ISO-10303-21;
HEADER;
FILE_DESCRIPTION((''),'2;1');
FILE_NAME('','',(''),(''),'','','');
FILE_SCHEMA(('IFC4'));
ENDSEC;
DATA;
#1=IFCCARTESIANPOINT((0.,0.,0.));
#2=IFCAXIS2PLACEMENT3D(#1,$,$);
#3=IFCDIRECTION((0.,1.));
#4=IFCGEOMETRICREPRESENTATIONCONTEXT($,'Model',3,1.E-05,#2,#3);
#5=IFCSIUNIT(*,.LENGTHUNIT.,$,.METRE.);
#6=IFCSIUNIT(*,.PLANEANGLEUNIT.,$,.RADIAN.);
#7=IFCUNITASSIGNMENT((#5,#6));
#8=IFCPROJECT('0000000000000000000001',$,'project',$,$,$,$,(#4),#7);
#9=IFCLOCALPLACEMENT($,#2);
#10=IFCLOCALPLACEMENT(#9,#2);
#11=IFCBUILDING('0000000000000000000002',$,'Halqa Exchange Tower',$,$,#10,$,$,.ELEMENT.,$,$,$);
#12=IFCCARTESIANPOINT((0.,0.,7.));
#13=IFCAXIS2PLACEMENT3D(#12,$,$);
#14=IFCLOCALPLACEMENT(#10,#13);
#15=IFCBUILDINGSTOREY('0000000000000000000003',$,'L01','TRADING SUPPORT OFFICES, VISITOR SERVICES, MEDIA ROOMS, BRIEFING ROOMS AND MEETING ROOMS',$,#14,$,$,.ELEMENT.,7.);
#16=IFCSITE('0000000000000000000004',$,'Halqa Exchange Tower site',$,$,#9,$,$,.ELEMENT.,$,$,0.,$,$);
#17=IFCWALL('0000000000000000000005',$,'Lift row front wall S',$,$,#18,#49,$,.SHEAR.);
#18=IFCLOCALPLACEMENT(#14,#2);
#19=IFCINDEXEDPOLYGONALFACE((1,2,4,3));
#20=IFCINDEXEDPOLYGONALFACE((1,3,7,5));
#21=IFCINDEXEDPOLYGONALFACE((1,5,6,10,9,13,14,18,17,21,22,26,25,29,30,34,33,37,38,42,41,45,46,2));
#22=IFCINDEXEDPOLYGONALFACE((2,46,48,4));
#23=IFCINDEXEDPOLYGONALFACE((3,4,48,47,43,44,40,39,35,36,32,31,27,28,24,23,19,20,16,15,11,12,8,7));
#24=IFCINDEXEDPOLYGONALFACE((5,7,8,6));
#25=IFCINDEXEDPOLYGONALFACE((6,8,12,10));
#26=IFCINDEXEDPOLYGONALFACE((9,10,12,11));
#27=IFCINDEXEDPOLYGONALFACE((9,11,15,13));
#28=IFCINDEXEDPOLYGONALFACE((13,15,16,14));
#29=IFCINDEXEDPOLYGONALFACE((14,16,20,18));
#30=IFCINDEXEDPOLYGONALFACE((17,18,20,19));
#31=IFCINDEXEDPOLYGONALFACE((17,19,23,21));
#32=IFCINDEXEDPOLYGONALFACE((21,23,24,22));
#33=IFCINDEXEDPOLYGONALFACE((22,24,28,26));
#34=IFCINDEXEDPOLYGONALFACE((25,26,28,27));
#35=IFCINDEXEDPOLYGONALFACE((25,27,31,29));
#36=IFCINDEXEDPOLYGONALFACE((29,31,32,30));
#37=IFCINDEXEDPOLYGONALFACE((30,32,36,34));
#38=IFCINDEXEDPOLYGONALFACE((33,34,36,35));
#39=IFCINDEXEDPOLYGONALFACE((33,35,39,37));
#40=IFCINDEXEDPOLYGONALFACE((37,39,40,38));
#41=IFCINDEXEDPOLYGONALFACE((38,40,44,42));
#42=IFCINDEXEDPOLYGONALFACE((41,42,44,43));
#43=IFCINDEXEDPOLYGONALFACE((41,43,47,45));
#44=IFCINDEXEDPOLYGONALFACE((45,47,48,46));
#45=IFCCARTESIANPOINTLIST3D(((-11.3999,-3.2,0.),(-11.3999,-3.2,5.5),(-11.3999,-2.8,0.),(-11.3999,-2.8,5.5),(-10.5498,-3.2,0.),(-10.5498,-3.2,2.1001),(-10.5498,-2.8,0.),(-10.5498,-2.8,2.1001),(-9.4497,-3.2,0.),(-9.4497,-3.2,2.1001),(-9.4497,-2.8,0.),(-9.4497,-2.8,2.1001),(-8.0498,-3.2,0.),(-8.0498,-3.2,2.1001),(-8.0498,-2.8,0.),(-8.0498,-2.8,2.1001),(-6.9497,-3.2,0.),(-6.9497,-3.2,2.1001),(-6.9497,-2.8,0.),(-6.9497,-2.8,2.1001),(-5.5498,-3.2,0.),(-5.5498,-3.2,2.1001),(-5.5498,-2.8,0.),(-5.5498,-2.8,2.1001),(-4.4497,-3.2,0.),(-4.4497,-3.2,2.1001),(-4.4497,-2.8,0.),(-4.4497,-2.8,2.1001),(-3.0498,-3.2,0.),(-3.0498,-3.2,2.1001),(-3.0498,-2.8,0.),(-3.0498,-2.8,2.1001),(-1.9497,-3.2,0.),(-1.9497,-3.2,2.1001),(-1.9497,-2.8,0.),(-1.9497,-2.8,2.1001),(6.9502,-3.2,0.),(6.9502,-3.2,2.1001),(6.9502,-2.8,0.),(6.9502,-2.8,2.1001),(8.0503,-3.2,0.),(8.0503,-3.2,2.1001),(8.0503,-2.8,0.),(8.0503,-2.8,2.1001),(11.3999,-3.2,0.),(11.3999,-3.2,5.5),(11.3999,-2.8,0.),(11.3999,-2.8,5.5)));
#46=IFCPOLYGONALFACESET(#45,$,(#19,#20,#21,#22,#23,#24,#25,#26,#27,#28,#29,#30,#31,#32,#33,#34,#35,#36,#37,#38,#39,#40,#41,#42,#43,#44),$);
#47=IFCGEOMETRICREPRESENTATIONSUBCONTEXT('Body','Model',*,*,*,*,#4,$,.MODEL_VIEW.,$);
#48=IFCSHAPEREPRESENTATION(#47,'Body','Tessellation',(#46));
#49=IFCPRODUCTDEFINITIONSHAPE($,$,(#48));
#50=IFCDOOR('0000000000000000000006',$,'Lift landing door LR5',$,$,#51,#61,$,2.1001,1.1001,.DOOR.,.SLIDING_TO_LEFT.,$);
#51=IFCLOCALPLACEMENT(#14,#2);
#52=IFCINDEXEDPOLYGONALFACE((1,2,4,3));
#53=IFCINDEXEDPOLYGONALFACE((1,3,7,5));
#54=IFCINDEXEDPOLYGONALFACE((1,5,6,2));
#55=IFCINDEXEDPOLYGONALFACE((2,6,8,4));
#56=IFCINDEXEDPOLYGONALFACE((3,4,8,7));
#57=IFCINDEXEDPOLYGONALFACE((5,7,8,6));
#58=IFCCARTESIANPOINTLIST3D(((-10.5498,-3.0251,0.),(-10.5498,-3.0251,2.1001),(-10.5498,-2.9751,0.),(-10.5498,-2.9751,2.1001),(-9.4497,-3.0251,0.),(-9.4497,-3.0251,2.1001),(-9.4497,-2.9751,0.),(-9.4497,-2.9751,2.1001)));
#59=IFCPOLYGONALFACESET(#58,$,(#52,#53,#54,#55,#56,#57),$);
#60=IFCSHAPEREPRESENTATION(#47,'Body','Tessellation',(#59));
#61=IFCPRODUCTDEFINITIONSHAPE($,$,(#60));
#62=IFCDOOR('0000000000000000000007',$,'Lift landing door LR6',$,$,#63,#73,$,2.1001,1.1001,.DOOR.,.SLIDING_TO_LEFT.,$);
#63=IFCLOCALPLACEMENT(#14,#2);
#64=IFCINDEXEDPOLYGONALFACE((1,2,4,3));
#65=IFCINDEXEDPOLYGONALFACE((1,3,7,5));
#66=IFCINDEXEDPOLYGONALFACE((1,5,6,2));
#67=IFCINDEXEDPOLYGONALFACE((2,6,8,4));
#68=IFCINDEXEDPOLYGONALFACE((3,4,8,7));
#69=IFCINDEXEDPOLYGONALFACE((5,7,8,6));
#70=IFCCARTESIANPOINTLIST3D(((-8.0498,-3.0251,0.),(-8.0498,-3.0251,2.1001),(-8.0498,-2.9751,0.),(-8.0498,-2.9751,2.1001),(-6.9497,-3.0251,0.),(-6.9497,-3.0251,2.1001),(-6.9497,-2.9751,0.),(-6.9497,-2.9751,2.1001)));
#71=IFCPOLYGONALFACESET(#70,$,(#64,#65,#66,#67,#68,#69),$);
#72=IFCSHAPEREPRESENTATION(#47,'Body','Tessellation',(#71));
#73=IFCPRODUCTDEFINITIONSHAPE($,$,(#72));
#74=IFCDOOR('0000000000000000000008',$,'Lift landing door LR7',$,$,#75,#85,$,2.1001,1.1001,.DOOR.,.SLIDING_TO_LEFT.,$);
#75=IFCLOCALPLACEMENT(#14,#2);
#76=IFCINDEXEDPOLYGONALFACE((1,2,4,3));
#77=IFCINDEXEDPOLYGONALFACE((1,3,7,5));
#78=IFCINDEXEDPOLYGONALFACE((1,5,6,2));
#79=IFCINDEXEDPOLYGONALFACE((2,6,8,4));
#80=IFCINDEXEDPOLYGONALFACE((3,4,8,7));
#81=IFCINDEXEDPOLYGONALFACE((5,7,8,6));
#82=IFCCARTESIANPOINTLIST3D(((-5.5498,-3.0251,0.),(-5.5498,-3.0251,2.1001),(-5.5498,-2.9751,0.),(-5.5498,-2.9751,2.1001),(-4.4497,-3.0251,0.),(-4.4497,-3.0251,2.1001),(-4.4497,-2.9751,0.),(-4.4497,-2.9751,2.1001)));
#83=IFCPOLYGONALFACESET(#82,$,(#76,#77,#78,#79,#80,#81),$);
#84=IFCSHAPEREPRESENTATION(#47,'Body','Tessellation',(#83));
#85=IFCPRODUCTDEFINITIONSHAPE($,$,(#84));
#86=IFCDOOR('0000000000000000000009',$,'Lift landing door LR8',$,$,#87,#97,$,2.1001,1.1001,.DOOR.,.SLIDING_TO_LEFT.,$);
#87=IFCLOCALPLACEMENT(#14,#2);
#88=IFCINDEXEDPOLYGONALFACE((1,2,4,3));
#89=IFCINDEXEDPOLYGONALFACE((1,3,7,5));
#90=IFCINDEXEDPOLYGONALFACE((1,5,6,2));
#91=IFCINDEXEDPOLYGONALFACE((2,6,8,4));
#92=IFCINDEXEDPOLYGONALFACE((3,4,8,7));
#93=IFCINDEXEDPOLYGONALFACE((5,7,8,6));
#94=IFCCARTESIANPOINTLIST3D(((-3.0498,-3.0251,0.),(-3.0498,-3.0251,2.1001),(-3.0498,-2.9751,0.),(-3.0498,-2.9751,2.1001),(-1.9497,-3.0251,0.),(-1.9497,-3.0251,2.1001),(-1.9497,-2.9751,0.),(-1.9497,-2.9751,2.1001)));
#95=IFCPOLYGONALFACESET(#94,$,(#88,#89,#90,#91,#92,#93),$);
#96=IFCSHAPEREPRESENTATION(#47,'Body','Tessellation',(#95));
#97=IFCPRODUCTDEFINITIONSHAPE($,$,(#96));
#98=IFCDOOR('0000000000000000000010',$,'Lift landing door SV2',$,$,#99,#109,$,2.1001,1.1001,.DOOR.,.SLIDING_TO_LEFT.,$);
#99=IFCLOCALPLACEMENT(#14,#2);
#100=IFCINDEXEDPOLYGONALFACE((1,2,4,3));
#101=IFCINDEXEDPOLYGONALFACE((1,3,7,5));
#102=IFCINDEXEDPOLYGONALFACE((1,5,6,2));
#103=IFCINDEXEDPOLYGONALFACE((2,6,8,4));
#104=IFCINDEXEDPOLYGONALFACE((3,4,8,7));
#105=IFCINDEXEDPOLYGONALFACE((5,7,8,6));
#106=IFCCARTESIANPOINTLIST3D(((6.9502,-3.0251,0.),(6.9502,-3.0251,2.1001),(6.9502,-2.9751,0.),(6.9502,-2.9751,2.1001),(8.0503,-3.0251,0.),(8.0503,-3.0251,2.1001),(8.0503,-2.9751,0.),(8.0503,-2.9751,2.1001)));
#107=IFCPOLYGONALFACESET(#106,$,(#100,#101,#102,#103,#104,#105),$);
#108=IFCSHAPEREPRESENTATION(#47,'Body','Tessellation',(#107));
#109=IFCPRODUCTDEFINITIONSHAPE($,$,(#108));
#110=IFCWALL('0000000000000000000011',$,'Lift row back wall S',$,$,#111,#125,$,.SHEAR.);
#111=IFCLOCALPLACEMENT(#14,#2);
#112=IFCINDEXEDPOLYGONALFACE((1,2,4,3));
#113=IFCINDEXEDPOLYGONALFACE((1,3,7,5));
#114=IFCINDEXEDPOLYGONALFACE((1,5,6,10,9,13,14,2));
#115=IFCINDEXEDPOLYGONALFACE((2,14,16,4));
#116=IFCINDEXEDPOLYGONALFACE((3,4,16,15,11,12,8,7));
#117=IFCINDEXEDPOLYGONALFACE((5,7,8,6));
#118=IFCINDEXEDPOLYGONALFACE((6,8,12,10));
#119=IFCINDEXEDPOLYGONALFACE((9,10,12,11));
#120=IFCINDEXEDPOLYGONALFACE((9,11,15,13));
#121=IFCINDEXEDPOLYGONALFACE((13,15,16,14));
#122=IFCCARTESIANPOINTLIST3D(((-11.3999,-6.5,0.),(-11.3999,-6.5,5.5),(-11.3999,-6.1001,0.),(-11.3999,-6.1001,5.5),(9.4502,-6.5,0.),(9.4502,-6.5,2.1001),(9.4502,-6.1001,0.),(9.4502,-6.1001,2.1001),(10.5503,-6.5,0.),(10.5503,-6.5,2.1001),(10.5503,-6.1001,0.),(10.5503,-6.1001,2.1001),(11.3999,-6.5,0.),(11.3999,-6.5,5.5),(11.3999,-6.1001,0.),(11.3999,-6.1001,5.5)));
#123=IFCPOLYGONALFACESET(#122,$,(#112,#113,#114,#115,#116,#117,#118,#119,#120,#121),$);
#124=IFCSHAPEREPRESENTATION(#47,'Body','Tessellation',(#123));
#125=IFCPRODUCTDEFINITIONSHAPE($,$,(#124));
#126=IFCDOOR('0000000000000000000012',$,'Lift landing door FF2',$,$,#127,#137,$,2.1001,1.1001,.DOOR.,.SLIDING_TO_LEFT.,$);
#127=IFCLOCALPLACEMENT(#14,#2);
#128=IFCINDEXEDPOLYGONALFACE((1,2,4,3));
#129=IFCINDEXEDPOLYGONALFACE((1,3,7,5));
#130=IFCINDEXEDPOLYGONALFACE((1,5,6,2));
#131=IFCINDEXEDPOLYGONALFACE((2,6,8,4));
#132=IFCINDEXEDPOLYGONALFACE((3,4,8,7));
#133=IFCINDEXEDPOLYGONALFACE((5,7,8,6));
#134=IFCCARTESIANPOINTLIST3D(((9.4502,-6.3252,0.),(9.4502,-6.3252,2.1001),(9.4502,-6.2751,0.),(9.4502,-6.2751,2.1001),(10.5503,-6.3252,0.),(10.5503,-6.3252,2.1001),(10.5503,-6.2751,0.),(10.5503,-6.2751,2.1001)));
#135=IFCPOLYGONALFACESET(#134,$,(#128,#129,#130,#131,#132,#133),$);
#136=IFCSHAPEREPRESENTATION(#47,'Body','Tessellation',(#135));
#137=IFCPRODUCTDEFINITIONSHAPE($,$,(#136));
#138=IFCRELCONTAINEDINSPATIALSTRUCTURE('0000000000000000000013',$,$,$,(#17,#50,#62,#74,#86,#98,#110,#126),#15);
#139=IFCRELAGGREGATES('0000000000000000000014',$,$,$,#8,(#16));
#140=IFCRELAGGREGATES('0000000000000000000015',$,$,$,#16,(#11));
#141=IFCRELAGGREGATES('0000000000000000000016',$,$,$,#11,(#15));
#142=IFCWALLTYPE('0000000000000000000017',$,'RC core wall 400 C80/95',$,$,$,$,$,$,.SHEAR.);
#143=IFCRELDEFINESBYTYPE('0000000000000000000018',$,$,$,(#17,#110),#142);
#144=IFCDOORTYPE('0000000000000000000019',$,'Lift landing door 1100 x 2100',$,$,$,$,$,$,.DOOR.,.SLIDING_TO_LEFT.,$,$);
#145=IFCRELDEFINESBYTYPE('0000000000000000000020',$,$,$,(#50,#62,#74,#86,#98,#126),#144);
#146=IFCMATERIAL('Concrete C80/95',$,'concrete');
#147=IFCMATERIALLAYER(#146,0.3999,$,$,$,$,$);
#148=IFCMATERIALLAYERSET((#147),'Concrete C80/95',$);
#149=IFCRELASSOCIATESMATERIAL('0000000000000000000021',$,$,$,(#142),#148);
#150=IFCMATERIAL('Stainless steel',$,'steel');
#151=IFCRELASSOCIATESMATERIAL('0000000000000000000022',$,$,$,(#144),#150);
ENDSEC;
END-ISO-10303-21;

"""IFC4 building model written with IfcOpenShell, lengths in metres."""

from ifc_helpers import new_model, si_unit, direction, frame, frame_2d, origin, place, context, subcontext, project, spatial, rectangle, extrude, material, layer, layer_set, type_object, element, fill, save


model = new_model("IFC4")

# Units and contexts
model_context = context("Model", 3, precision=1e-05, world=origin(), true_north=direction((0.0, 1.0)))
body_context = subcontext(model_context, "Body", "Model", "MODEL_VIEW")
ifc_project = project(units=[si_unit("LENGTHUNIT", "METRE"), si_unit("PLANEANGLEUNIT", "RADIAN")], contexts=[model_context])

# Site, building, storey
site_placement = place(None, origin())
site = spatial("IfcSite", under=ifc_project, at=site_placement, Name="Halqa Exchange Tower site", CompositionType="ELEMENT", RefElevation=0.0)
building_placement = place(site_placement, origin())
building = spatial("IfcBuilding", under=site, at=building_placement, Name="Halqa Exchange Tower", CompositionType="ELEMENT")
storey_placement = place(building_placement, frame((0.0, 0.0, 7.0)))
storey = spatial("IfcBuildingStorey", under=building, at=storey_placement, Name="L01", Description="TRADING SUPPORT OFFICES, VISITOR SERVICES, MEDIA ROOMS, BRIEFING ROOMS AND MEETING ROOMS", CompositionType="ELEMENT", Elevation=7.0)

# Wall, openings, doors
ifc_material_1 = material(Name="Concrete C80/95", Category="concrete")
ifc_layer_1 = layer(ifc_material_1, 0.3999)
ifc_layer_set_1 = layer_set([ifc_layer_1], Name="Concrete C80/95")
wall_type_1 = type_object("IfcWallType", Name="RC core wall 400 C80/95", PredefinedType="SHEAR", material=ifc_layer_set_1)
wall_1_placement = place(storey_placement, frame((-11.3999, -3.0, 0.0), z_axis=(0.0, 0.0, 1.0), x_axis=(1.0, 0.0, 0.0)))
wall_1 = element("IfcWall", 1, at=wall_1_placement, inside=storey, type_object=wall_type_1, Name="Lift row front wall S", PredefinedType="SHEAR", context=body_context, shape_type="SweptSolid", body=[
    extrude(rectangle(XDim=22.7998, YDim=0.3999, at=frame_2d((11.3999, 0.0))), origin(), (0.0, 0.0, 1.0), 5.5),
])
opening_1_placement = place(wall_1_placement, frame((0.8501, 0.0, 0.0)))
opening_1 = element("IfcOpeningElement", 2, at=opening_1_placement, cuts=wall_1, PredefinedType="OPENING", context=body_context, shape_type="SweptSolid", body=[
    extrude(rectangle(XDim=1.1001, YDim=2.1001, at=frame_2d((0.55, 1.05))), frame((0.0, 0.2119, 0.0), z_axis=(0.0, -1.0, 0.0), x_axis=(1.0, 0.0, 0.0)), (0.0, 0.0, 1.0), 0.4238),
])
opening_2_placement = place(wall_1_placement, frame((3.3501, 0.0, 0.0)))
opening_2 = element("IfcOpeningElement", 3, at=opening_2_placement, cuts=wall_1, PredefinedType="OPENING", context=body_context, shape_type="SweptSolid", body=[
    extrude(rectangle(XDim=1.1001, YDim=2.1001, at=frame_2d((0.55, 1.05))), frame((0.0, 0.2119, 0.0), z_axis=(0.0, -1.0, 0.0), x_axis=(1.0, 0.0, 0.0)), (0.0, 0.0, 1.0), 0.4238),
])
opening_3_placement = place(wall_1_placement, frame((5.8501, 0.0, 0.0)))
opening_3 = element("IfcOpeningElement", 4, at=opening_3_placement, cuts=wall_1, PredefinedType="OPENING", context=body_context, shape_type="SweptSolid", body=[
    extrude(rectangle(XDim=1.1001, YDim=2.1001, at=frame_2d((0.55, 1.05))), frame((0.0, 0.2119, 0.0), z_axis=(0.0, -1.0, 0.0), x_axis=(1.0, 0.0, 0.0)), (0.0, 0.0, 1.0), 0.4238),
])
opening_4_placement = place(wall_1_placement, frame((8.3501, 0.0, 0.0)))
opening_4 = element("IfcOpeningElement", 5, at=opening_4_placement, cuts=wall_1, PredefinedType="OPENING", context=body_context, shape_type="SweptSolid", body=[
    extrude(rectangle(XDim=1.1001, YDim=2.1001, at=frame_2d((0.55, 1.05))), frame((0.0, 0.2119, 0.0), z_axis=(0.0, -1.0, 0.0), x_axis=(1.0, 0.0, 0.0)), (0.0, 0.0, 1.0), 0.4238),
])
opening_5_placement = place(wall_1_placement, frame((18.3501, 0.0, 0.0)))
opening_5 = element("IfcOpeningElement", 6, at=opening_5_placement, cuts=wall_1, PredefinedType="OPENING", context=body_context, shape_type="SweptSolid", body=[
    extrude(rectangle(XDim=1.1001, YDim=2.1001, at=frame_2d((0.55, 1.05))), frame((0.0, 0.2119, 0.0), z_axis=(0.0, -1.0, 0.0), x_axis=(1.0, 0.0, 0.0)), (0.0, 0.0, 1.0), 0.4238),
])
ifc_material_2 = material(Name="Stainless steel", Category="steel")
door_type = type_object("IfcDoorType", Name="Lift landing door 1100 x 2100", OperationType="SLIDING_TO_LEFT", PredefinedType="DOOR", material=ifc_material_2)
door_1_placement = place(opening_1_placement, origin())
door_1 = element("IfcDoor", 7, at=door_1_placement, inside=storey, type_object=door_type, Name="Lift landing door LR5", OperationType="SLIDING_TO_LEFT", OverallHeight=2.1001, OverallWidth=1.1001, PredefinedType="DOOR", context=body_context, shape_type="SweptSolid", body=[
    extrude(rectangle(XDim=1.1001, YDim=2.1001, at=frame_2d((0.55, 1.05))), frame((0.0, 0.0249, 0.0), z_axis=(0.0, -1.0, 0.0), x_axis=(1.0, 0.0, 0.0)), (0.0, 0.0, 1.0), 0.05),
])
fill(opening_1, door_1)
door_2_placement = place(opening_2_placement, origin())
door_2 = element("IfcDoor", 8, at=door_2_placement, inside=storey, type_object=door_type, Name="Lift landing door LR6", OperationType="SLIDING_TO_LEFT", OverallHeight=2.1001, OverallWidth=1.1001, PredefinedType="DOOR", context=body_context, shape_type="SweptSolid", body=[
    extrude(rectangle(XDim=1.1001, YDim=2.1001, at=frame_2d((0.55, 1.05))), frame((0.0, 0.0249, 0.0), z_axis=(0.0, -1.0, 0.0), x_axis=(1.0, 0.0, 0.0)), (0.0, 0.0, 1.0), 0.05),
])
fill(opening_2, door_2)
door_3_placement = place(opening_3_placement, origin())
door_3 = element("IfcDoor", 9, at=door_3_placement, inside=storey, type_object=door_type, Name="Lift landing door LR7", OperationType="SLIDING_TO_LEFT", OverallHeight=2.1001, OverallWidth=1.1001, PredefinedType="DOOR", context=body_context, shape_type="SweptSolid", body=[
    extrude(rectangle(XDim=1.1001, YDim=2.1001, at=frame_2d((0.55, 1.05))), frame((0.0, 0.0249, 0.0), z_axis=(0.0, -1.0, 0.0), x_axis=(1.0, 0.0, 0.0)), (0.0, 0.0, 1.0), 0.05),
])
fill(opening_3, door_3)
door_4_placement = place(opening_4_placement, origin())
door_4 = element("IfcDoor", 10, at=door_4_placement, inside=storey, type_object=door_type, Name="Lift landing door LR8", OperationType="SLIDING_TO_LEFT", OverallHeight=2.1001, OverallWidth=1.1001, PredefinedType="DOOR", context=body_context, shape_type="SweptSolid", body=[
    extrude(rectangle(XDim=1.1001, YDim=2.1001, at=frame_2d((0.55, 1.05))), frame((0.0, 0.0249, 0.0), z_axis=(0.0, -1.0, 0.0), x_axis=(1.0, 0.0, 0.0)), (0.0, 0.0, 1.0), 0.05),
])
fill(opening_4, door_4)
door_5_placement = place(opening_5_placement, origin())
door_5 = element("IfcDoor", 11, at=door_5_placement, inside=storey, type_object=door_type, Name="Lift landing door SV2", OperationType="SLIDING_TO_LEFT", OverallHeight=2.1001, OverallWidth=1.1001, PredefinedType="DOOR", context=body_context, shape_type="SweptSolid", body=[
    extrude(rectangle(XDim=1.1001, YDim=2.1001, at=frame_2d((0.55, 1.05))), frame((0.0, 0.0249, 0.0), z_axis=(0.0, -1.0, 0.0), x_axis=(1.0, 0.0, 0.0)), (0.0, 0.0, 1.0), 0.05),
])
fill(opening_5, door_5)

# Wall, opening, door
wall_2_placement = place(storey_placement, frame((-11.3999, -6.3, 0.0), z_axis=(0.0, 0.0, 1.0), x_axis=(1.0, 0.0, 0.0)))
wall_2 = element("IfcWall", 12, at=wall_2_placement, inside=storey, type_object=wall_type_1, Name="Lift row back wall S", PredefinedType="SHEAR", context=body_context, shape_type="SweptSolid", body=[
    extrude(rectangle(XDim=22.7998, YDim=0.3999, at=frame_2d((11.3999, 0.0))), origin(), (0.0, 0.0, 1.0), 5.5),
])
opening_6_placement = place(wall_2_placement, frame((20.8501, 0.0, 0.0)))
opening_6 = element("IfcOpeningElement", 13, at=opening_6_placement, cuts=wall_2, PredefinedType="OPENING", context=body_context, shape_type="SweptSolid", body=[
    extrude(rectangle(XDim=1.1001, YDim=2.1001, at=frame_2d((0.55, 1.05))), frame((0.0, 0.2119, 0.0), z_axis=(0.0, -1.0, 0.0), x_axis=(1.0, 0.0, 0.0)), (0.0, 0.0, 1.0), 0.4238),
])
door_6_placement = place(opening_6_placement, origin())
door_6 = element("IfcDoor", 14, at=door_6_placement, inside=storey, type_object=door_type, Name="Lift landing door FF2", OperationType="SLIDING_TO_LEFT", OverallHeight=2.1001, OverallWidth=1.1001, PredefinedType="DOOR", context=body_context, shape_type="SweptSolid", body=[
    extrude(rectangle(XDim=1.1001, YDim=2.1001, at=frame_2d((0.55, 1.05))), frame((0.0, 0.0249, 0.0), z_axis=(0.0, -1.0, 0.0), x_axis=(1.0, 0.0, 0.0)), (0.0, 0.0, 1.0), 0.05),
])
fill(opening_6, door_6)

save(model, "model.ifc")
